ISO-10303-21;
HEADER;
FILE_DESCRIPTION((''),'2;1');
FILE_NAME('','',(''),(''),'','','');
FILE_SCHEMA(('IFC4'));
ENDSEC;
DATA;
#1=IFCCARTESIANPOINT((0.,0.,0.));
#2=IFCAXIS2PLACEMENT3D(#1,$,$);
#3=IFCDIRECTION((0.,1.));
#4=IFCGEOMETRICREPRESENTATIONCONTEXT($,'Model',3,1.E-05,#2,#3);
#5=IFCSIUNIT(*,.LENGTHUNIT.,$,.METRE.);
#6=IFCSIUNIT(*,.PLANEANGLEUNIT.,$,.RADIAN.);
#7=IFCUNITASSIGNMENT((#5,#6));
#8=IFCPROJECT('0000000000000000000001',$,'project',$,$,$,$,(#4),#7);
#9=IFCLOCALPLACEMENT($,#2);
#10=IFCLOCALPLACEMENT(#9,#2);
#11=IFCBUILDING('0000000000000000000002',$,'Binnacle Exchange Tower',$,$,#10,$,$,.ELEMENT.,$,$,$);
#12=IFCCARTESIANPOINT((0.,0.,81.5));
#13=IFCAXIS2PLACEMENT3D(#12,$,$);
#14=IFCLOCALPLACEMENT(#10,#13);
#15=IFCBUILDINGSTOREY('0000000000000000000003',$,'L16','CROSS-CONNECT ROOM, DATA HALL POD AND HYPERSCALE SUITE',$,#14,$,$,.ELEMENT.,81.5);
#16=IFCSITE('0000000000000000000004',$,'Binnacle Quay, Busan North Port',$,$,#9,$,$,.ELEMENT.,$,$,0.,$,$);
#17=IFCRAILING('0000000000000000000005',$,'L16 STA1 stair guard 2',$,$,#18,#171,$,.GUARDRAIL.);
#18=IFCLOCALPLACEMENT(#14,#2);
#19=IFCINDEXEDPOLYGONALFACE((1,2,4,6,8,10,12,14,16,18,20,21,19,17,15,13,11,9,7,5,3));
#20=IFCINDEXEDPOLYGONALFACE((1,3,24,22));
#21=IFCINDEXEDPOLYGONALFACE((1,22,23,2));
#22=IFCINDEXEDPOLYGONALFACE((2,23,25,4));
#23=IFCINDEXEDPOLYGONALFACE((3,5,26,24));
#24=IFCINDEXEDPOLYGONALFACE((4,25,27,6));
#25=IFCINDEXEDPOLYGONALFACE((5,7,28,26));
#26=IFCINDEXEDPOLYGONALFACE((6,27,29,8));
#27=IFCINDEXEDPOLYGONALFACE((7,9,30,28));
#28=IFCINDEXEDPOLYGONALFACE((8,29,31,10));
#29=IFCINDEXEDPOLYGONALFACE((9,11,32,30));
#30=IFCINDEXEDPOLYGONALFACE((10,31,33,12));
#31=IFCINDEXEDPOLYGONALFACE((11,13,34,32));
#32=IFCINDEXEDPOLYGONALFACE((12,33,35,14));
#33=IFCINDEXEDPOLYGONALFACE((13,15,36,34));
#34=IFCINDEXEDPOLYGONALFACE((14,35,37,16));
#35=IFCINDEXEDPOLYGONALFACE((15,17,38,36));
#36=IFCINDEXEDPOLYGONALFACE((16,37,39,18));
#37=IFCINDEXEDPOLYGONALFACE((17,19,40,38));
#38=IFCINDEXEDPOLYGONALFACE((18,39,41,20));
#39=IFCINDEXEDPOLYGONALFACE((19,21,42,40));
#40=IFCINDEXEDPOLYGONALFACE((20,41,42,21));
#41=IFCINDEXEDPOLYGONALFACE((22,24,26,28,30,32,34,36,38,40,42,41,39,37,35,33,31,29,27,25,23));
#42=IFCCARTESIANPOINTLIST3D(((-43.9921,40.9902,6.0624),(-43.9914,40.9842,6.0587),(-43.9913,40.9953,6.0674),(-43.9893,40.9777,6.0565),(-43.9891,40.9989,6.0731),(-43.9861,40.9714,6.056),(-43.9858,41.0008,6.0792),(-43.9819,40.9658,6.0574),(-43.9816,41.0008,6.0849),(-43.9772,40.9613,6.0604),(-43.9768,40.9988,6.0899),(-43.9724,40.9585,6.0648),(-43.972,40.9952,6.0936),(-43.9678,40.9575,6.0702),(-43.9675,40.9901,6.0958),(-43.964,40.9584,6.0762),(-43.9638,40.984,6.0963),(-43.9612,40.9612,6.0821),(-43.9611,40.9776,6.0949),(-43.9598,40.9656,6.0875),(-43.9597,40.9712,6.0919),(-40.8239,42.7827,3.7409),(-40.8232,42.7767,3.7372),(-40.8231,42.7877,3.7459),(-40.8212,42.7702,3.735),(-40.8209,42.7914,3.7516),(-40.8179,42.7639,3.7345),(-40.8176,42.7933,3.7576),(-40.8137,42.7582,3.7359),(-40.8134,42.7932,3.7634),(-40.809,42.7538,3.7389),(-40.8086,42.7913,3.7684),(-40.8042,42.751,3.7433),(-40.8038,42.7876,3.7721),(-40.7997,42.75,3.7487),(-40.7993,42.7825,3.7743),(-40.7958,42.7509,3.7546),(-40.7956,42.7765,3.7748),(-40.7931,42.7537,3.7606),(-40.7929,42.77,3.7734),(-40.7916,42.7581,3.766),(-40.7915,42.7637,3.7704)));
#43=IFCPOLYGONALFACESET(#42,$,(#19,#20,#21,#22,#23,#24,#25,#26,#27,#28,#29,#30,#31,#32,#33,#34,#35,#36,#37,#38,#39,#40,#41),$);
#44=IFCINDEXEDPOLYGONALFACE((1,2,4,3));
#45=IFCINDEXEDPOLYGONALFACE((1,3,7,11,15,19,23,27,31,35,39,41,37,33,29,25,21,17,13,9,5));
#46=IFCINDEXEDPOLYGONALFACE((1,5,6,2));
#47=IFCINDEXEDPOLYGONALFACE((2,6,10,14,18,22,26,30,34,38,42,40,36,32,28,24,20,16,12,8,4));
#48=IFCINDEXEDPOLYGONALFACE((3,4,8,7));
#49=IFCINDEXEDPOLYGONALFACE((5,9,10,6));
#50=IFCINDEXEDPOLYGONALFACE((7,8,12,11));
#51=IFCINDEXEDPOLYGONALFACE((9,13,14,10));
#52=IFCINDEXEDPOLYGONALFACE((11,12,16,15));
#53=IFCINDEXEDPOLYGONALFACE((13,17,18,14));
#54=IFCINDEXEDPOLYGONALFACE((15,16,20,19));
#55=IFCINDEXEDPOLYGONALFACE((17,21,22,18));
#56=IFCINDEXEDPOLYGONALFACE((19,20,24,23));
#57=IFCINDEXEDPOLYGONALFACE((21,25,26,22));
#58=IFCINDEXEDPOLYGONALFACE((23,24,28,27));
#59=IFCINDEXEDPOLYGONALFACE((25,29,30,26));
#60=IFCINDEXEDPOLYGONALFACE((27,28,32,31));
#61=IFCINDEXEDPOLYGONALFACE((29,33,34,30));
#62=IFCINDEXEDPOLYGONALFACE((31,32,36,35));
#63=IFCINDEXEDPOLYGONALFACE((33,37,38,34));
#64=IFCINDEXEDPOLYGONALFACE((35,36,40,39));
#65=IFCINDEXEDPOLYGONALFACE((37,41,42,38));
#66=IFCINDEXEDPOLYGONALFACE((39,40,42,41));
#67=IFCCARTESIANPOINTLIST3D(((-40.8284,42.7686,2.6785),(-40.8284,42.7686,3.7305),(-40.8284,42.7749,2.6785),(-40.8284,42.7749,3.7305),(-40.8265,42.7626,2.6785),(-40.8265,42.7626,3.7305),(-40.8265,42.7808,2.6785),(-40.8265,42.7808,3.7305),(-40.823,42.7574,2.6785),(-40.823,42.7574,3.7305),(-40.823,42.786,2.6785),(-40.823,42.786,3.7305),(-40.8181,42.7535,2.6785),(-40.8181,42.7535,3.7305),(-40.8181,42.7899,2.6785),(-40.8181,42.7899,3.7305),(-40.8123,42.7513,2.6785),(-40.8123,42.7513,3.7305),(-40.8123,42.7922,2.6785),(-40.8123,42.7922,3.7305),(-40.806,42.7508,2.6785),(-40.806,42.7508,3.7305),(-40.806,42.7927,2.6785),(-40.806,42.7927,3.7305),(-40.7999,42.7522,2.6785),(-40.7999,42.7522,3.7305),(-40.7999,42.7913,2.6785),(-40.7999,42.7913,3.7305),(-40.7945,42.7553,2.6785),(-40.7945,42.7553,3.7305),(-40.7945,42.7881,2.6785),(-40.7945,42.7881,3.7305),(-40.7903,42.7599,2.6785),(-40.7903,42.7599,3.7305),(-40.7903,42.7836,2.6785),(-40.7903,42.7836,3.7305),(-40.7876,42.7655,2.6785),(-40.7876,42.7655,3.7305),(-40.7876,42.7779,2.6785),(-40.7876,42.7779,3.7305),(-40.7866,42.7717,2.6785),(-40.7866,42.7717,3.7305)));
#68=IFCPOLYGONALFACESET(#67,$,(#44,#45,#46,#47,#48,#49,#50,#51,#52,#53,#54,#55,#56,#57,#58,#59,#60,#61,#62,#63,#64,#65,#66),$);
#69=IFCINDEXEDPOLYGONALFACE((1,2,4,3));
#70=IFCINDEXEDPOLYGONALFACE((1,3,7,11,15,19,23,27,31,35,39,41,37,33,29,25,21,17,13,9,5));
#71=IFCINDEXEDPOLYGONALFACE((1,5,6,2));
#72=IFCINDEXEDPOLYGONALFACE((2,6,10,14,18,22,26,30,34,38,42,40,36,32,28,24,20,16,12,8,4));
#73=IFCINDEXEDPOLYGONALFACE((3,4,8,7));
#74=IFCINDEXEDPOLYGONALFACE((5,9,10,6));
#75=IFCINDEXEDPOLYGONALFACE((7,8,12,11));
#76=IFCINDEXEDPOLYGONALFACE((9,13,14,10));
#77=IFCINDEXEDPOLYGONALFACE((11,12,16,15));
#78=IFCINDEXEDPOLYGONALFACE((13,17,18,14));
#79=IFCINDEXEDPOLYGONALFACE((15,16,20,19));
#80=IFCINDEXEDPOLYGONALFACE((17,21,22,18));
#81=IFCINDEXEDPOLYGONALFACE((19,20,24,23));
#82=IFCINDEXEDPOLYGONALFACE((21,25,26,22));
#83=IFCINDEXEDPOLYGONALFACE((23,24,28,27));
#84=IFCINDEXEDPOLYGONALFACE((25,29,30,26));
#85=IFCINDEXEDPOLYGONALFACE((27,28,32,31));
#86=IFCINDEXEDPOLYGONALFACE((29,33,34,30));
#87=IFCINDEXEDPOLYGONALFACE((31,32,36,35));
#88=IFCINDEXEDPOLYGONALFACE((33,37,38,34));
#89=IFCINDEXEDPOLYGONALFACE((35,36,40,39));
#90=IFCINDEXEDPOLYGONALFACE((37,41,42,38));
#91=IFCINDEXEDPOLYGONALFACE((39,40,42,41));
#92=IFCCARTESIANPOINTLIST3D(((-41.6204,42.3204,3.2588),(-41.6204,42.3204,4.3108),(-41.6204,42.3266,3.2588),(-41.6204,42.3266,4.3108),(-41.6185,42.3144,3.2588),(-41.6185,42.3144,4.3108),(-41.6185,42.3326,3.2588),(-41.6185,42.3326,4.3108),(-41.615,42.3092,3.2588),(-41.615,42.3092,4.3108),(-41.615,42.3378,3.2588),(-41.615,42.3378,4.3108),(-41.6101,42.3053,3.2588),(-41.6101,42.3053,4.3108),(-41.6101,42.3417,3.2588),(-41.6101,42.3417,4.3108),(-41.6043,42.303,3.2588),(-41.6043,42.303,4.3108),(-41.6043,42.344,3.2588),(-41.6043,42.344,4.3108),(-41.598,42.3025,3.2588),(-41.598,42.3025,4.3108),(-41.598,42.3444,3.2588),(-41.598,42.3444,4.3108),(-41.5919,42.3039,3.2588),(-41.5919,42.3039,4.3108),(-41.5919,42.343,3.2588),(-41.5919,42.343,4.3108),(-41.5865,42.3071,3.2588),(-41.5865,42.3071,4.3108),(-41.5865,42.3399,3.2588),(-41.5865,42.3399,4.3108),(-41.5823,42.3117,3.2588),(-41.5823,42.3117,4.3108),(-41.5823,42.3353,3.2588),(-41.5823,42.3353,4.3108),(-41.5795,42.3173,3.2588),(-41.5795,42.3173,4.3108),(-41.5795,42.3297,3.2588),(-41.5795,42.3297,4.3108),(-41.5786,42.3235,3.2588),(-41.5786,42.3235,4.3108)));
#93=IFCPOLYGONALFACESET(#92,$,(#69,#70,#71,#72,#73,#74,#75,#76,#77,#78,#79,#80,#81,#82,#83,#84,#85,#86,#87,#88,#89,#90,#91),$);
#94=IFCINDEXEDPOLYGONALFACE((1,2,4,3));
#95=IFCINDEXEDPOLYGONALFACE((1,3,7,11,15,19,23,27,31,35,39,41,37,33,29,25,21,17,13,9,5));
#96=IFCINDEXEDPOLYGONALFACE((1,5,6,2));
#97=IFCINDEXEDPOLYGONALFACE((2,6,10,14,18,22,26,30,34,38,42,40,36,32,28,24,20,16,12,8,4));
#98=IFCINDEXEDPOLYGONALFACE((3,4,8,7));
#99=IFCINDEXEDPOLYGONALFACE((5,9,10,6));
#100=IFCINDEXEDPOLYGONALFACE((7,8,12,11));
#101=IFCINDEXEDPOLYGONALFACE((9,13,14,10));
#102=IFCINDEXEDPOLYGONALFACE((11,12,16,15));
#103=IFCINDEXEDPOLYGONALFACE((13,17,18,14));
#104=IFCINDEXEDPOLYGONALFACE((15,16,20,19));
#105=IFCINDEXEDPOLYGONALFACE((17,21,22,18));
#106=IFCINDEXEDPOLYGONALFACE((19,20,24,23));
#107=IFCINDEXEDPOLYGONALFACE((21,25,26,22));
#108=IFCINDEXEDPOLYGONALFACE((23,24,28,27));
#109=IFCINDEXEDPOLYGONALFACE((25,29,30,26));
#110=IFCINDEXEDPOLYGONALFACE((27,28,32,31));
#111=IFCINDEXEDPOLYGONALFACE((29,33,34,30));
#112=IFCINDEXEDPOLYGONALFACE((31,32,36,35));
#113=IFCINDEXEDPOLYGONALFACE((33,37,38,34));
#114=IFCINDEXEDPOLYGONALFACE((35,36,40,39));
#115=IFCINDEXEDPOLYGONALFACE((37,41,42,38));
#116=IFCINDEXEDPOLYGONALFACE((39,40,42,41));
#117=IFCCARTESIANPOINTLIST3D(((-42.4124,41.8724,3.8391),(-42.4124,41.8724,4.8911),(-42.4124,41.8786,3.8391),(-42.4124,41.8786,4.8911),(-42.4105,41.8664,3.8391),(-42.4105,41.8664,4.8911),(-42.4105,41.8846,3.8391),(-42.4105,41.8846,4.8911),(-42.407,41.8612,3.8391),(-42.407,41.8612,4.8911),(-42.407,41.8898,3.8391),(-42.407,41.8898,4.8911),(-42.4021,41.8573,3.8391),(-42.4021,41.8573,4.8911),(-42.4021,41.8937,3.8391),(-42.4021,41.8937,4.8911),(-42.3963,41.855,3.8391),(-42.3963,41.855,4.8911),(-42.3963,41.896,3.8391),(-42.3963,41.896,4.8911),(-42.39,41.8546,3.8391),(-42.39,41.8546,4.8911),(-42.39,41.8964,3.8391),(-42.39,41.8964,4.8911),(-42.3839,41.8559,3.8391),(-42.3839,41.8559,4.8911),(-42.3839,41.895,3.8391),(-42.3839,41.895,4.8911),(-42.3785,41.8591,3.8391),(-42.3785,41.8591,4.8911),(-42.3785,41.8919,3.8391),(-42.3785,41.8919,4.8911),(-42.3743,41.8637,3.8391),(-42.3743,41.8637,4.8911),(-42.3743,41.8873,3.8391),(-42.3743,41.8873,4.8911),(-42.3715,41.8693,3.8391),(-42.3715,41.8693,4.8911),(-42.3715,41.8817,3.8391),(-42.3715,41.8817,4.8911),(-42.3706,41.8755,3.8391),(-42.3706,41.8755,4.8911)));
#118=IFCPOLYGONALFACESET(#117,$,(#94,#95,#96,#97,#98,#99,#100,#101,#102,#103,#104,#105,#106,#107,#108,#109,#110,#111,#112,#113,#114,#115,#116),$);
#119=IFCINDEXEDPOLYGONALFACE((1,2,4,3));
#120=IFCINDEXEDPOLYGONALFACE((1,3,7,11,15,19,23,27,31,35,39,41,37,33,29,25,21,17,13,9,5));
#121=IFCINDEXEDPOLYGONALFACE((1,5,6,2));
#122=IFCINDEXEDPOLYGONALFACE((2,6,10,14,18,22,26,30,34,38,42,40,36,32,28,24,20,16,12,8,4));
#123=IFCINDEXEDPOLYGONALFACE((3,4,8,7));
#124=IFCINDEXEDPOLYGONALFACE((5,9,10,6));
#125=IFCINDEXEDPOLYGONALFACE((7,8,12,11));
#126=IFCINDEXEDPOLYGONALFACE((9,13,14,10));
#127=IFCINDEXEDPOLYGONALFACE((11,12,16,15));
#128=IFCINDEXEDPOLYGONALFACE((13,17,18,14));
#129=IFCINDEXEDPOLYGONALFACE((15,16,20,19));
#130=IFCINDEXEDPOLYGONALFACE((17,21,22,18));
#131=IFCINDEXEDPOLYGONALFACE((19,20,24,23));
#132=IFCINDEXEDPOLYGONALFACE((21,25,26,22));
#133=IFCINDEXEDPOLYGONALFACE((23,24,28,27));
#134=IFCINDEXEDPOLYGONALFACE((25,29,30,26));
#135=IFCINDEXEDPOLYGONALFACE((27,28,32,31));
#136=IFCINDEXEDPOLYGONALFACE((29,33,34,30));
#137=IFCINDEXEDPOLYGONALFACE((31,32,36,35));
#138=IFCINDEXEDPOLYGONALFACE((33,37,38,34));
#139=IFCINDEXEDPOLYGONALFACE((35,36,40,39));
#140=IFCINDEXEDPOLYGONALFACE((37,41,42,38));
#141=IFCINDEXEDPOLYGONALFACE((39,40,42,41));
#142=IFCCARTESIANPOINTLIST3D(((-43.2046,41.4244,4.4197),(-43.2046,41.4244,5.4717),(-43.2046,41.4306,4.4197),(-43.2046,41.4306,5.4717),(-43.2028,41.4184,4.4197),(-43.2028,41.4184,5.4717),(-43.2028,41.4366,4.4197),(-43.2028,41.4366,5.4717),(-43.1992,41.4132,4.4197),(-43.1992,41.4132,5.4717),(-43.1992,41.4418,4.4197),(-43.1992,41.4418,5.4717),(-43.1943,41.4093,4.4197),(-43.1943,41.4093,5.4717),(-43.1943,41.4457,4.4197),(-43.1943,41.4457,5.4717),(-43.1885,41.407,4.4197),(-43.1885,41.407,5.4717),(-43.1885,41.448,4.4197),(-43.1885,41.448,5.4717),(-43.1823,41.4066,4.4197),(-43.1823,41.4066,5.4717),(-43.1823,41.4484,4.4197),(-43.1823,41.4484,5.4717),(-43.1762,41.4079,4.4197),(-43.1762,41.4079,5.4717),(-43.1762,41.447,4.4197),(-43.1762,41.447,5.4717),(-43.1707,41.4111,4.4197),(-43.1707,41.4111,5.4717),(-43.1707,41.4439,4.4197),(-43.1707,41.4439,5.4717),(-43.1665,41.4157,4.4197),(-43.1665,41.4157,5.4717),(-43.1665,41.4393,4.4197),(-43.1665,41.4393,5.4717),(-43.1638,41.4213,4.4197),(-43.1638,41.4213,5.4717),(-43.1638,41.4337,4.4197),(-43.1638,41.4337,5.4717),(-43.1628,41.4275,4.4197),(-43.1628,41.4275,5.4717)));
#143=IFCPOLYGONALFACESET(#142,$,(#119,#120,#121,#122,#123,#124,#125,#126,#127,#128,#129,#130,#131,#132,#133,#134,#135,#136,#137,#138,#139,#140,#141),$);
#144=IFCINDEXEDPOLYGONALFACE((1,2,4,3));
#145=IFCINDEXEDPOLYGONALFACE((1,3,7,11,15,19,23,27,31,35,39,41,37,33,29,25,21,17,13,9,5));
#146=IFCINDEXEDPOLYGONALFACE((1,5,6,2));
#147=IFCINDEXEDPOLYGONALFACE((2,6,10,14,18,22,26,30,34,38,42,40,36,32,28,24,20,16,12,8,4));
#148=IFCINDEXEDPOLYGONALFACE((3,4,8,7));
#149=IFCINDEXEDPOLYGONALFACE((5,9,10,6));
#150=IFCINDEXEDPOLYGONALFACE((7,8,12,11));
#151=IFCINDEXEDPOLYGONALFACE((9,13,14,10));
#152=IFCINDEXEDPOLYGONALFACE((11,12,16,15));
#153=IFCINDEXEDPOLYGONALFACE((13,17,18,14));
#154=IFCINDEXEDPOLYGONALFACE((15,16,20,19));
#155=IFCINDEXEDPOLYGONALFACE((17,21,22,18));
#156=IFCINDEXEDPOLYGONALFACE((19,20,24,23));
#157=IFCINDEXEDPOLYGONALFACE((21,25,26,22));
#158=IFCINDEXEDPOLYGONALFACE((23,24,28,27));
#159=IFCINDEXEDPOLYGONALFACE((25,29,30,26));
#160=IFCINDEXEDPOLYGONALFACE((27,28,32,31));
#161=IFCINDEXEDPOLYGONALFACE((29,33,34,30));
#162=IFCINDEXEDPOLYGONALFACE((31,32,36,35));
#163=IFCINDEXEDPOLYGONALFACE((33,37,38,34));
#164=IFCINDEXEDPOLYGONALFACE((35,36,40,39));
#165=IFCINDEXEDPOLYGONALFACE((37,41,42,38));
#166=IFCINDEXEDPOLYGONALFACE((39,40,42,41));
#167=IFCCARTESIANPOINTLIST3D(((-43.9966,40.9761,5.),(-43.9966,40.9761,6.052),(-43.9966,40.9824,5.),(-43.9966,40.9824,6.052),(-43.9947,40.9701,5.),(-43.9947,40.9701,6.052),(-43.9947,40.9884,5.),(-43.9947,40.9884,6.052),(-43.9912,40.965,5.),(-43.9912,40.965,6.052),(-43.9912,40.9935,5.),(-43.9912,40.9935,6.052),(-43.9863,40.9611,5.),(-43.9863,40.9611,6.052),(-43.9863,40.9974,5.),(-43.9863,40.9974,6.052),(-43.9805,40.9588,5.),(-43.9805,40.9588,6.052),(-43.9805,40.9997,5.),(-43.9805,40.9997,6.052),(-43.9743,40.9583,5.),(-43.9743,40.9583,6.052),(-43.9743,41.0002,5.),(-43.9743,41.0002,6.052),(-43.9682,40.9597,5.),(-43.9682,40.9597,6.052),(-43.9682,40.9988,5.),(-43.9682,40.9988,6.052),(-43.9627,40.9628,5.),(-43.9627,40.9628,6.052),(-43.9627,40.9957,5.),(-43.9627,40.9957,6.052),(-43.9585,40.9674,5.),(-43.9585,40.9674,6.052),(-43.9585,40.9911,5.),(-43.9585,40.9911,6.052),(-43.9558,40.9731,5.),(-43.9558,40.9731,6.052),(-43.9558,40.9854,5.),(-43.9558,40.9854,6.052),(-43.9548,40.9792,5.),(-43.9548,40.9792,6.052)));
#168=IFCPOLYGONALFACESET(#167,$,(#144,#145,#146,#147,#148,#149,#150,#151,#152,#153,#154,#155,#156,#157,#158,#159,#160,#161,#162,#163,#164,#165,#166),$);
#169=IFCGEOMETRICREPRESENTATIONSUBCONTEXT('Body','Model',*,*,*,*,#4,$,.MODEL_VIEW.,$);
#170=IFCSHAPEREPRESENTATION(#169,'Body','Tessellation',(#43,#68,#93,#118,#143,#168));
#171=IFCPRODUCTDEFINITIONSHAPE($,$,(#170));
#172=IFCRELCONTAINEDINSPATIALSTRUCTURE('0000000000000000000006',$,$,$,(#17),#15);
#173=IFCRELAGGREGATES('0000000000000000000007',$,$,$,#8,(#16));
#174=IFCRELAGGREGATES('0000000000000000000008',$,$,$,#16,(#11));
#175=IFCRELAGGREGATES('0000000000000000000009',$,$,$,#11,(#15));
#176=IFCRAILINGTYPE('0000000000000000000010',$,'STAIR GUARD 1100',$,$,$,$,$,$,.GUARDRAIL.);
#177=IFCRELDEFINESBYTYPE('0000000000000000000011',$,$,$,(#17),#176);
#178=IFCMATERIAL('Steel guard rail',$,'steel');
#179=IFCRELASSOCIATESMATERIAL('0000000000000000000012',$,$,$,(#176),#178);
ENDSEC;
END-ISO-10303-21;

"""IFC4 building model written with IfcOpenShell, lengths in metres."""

from ifc_helpers import new_model, si_unit, direction, frame, origin, origin_2d, place, context, subcontext, project, spatial, circle, extrude, material, type_object, element, save


model = new_model("IFC4")

# Units and contexts
model_context = context("Model", 3, precision=1e-05, world=origin(), true_north=direction((0.0, 1.0)))
body_context = subcontext(model_context, "Body", "Model", "MODEL_VIEW")
ifc_project = project(units=[si_unit("LENGTHUNIT", "METRE"), si_unit("PLANEANGLEUNIT", "RADIAN")], contexts=[model_context])

# Site, building, storey
site_placement = place(None, origin())
site = spatial("IfcSite", under=ifc_project, at=site_placement, Name="Binnacle Quay, Busan North Port", CompositionType="ELEMENT", RefElevation=0.0)
building_placement = place(site_placement, origin())
building = spatial("IfcBuilding", under=site, at=building_placement, Name="Binnacle Exchange Tower", CompositionType="ELEMENT")
storey_placement = place(building_placement, frame((0.0, 0.0, 81.5)))
storey = spatial("IfcBuildingStorey", under=building, at=storey_placement, Name="L16", Description="CROSS-CONNECT ROOM, DATA HALL POD AND HYPERSCALE SUITE", CompositionType="ELEMENT", Elevation=81.5)

# Railing
ifc_material_1 = material(Name="Steel guard rail", Category="steel")
railing_type_1 = type_object("IfcRailingType", Name="STAIR GUARD 1100", PredefinedType="GUARDRAIL", material=ifc_material_1)
railing_1_placement = place(storey_placement, frame((-40.8076, 42.7717, 2.6785)))
element("IfcRailing", 1, at=railing_1_placement, inside=storey, type_object=railing_type_1, Name="L16 STA1 stair guard 2", PredefinedType="GUARDRAIL", context=body_context, shape_type="SweptSolid", body=[
    extrude(circle(Radius=0.0239, at=origin_2d()), frame((0.0, 0.0, 1.0762), z_axis=(-0.733822, -0.415174, 0.537714), x_axis=(0.492422, -0.870357, 0.0)), (0.0, 0.0, 1.0), 4.3174),
    extrude(circle(Radius=0.021, at=origin_2d()), origin(), (0.0, 0.0, 1.0), 1.052),
    extrude(circle(Radius=0.021, at=origin_2d()), frame((-0.792, -0.4482, 0.5803)), (0.0, 0.0, 1.0), 1.052),
    extrude(circle(Radius=0.021, at=origin_2d()), frame((-1.584, -0.8962, 1.1606)), (0.0, 0.0, 1.0), 1.052),
    extrude(circle(Radius=0.021, at=origin_2d()), frame((-2.3762, -1.3442, 1.7412)), (0.0, 0.0, 1.0), 1.052),
    extrude(circle(Radius=0.021, at=origin_2d()), frame((-3.1682, -1.7925, 2.3215)), (0.0, 0.0, 1.0), 1.052),
])

save(model, "model.ifc")
